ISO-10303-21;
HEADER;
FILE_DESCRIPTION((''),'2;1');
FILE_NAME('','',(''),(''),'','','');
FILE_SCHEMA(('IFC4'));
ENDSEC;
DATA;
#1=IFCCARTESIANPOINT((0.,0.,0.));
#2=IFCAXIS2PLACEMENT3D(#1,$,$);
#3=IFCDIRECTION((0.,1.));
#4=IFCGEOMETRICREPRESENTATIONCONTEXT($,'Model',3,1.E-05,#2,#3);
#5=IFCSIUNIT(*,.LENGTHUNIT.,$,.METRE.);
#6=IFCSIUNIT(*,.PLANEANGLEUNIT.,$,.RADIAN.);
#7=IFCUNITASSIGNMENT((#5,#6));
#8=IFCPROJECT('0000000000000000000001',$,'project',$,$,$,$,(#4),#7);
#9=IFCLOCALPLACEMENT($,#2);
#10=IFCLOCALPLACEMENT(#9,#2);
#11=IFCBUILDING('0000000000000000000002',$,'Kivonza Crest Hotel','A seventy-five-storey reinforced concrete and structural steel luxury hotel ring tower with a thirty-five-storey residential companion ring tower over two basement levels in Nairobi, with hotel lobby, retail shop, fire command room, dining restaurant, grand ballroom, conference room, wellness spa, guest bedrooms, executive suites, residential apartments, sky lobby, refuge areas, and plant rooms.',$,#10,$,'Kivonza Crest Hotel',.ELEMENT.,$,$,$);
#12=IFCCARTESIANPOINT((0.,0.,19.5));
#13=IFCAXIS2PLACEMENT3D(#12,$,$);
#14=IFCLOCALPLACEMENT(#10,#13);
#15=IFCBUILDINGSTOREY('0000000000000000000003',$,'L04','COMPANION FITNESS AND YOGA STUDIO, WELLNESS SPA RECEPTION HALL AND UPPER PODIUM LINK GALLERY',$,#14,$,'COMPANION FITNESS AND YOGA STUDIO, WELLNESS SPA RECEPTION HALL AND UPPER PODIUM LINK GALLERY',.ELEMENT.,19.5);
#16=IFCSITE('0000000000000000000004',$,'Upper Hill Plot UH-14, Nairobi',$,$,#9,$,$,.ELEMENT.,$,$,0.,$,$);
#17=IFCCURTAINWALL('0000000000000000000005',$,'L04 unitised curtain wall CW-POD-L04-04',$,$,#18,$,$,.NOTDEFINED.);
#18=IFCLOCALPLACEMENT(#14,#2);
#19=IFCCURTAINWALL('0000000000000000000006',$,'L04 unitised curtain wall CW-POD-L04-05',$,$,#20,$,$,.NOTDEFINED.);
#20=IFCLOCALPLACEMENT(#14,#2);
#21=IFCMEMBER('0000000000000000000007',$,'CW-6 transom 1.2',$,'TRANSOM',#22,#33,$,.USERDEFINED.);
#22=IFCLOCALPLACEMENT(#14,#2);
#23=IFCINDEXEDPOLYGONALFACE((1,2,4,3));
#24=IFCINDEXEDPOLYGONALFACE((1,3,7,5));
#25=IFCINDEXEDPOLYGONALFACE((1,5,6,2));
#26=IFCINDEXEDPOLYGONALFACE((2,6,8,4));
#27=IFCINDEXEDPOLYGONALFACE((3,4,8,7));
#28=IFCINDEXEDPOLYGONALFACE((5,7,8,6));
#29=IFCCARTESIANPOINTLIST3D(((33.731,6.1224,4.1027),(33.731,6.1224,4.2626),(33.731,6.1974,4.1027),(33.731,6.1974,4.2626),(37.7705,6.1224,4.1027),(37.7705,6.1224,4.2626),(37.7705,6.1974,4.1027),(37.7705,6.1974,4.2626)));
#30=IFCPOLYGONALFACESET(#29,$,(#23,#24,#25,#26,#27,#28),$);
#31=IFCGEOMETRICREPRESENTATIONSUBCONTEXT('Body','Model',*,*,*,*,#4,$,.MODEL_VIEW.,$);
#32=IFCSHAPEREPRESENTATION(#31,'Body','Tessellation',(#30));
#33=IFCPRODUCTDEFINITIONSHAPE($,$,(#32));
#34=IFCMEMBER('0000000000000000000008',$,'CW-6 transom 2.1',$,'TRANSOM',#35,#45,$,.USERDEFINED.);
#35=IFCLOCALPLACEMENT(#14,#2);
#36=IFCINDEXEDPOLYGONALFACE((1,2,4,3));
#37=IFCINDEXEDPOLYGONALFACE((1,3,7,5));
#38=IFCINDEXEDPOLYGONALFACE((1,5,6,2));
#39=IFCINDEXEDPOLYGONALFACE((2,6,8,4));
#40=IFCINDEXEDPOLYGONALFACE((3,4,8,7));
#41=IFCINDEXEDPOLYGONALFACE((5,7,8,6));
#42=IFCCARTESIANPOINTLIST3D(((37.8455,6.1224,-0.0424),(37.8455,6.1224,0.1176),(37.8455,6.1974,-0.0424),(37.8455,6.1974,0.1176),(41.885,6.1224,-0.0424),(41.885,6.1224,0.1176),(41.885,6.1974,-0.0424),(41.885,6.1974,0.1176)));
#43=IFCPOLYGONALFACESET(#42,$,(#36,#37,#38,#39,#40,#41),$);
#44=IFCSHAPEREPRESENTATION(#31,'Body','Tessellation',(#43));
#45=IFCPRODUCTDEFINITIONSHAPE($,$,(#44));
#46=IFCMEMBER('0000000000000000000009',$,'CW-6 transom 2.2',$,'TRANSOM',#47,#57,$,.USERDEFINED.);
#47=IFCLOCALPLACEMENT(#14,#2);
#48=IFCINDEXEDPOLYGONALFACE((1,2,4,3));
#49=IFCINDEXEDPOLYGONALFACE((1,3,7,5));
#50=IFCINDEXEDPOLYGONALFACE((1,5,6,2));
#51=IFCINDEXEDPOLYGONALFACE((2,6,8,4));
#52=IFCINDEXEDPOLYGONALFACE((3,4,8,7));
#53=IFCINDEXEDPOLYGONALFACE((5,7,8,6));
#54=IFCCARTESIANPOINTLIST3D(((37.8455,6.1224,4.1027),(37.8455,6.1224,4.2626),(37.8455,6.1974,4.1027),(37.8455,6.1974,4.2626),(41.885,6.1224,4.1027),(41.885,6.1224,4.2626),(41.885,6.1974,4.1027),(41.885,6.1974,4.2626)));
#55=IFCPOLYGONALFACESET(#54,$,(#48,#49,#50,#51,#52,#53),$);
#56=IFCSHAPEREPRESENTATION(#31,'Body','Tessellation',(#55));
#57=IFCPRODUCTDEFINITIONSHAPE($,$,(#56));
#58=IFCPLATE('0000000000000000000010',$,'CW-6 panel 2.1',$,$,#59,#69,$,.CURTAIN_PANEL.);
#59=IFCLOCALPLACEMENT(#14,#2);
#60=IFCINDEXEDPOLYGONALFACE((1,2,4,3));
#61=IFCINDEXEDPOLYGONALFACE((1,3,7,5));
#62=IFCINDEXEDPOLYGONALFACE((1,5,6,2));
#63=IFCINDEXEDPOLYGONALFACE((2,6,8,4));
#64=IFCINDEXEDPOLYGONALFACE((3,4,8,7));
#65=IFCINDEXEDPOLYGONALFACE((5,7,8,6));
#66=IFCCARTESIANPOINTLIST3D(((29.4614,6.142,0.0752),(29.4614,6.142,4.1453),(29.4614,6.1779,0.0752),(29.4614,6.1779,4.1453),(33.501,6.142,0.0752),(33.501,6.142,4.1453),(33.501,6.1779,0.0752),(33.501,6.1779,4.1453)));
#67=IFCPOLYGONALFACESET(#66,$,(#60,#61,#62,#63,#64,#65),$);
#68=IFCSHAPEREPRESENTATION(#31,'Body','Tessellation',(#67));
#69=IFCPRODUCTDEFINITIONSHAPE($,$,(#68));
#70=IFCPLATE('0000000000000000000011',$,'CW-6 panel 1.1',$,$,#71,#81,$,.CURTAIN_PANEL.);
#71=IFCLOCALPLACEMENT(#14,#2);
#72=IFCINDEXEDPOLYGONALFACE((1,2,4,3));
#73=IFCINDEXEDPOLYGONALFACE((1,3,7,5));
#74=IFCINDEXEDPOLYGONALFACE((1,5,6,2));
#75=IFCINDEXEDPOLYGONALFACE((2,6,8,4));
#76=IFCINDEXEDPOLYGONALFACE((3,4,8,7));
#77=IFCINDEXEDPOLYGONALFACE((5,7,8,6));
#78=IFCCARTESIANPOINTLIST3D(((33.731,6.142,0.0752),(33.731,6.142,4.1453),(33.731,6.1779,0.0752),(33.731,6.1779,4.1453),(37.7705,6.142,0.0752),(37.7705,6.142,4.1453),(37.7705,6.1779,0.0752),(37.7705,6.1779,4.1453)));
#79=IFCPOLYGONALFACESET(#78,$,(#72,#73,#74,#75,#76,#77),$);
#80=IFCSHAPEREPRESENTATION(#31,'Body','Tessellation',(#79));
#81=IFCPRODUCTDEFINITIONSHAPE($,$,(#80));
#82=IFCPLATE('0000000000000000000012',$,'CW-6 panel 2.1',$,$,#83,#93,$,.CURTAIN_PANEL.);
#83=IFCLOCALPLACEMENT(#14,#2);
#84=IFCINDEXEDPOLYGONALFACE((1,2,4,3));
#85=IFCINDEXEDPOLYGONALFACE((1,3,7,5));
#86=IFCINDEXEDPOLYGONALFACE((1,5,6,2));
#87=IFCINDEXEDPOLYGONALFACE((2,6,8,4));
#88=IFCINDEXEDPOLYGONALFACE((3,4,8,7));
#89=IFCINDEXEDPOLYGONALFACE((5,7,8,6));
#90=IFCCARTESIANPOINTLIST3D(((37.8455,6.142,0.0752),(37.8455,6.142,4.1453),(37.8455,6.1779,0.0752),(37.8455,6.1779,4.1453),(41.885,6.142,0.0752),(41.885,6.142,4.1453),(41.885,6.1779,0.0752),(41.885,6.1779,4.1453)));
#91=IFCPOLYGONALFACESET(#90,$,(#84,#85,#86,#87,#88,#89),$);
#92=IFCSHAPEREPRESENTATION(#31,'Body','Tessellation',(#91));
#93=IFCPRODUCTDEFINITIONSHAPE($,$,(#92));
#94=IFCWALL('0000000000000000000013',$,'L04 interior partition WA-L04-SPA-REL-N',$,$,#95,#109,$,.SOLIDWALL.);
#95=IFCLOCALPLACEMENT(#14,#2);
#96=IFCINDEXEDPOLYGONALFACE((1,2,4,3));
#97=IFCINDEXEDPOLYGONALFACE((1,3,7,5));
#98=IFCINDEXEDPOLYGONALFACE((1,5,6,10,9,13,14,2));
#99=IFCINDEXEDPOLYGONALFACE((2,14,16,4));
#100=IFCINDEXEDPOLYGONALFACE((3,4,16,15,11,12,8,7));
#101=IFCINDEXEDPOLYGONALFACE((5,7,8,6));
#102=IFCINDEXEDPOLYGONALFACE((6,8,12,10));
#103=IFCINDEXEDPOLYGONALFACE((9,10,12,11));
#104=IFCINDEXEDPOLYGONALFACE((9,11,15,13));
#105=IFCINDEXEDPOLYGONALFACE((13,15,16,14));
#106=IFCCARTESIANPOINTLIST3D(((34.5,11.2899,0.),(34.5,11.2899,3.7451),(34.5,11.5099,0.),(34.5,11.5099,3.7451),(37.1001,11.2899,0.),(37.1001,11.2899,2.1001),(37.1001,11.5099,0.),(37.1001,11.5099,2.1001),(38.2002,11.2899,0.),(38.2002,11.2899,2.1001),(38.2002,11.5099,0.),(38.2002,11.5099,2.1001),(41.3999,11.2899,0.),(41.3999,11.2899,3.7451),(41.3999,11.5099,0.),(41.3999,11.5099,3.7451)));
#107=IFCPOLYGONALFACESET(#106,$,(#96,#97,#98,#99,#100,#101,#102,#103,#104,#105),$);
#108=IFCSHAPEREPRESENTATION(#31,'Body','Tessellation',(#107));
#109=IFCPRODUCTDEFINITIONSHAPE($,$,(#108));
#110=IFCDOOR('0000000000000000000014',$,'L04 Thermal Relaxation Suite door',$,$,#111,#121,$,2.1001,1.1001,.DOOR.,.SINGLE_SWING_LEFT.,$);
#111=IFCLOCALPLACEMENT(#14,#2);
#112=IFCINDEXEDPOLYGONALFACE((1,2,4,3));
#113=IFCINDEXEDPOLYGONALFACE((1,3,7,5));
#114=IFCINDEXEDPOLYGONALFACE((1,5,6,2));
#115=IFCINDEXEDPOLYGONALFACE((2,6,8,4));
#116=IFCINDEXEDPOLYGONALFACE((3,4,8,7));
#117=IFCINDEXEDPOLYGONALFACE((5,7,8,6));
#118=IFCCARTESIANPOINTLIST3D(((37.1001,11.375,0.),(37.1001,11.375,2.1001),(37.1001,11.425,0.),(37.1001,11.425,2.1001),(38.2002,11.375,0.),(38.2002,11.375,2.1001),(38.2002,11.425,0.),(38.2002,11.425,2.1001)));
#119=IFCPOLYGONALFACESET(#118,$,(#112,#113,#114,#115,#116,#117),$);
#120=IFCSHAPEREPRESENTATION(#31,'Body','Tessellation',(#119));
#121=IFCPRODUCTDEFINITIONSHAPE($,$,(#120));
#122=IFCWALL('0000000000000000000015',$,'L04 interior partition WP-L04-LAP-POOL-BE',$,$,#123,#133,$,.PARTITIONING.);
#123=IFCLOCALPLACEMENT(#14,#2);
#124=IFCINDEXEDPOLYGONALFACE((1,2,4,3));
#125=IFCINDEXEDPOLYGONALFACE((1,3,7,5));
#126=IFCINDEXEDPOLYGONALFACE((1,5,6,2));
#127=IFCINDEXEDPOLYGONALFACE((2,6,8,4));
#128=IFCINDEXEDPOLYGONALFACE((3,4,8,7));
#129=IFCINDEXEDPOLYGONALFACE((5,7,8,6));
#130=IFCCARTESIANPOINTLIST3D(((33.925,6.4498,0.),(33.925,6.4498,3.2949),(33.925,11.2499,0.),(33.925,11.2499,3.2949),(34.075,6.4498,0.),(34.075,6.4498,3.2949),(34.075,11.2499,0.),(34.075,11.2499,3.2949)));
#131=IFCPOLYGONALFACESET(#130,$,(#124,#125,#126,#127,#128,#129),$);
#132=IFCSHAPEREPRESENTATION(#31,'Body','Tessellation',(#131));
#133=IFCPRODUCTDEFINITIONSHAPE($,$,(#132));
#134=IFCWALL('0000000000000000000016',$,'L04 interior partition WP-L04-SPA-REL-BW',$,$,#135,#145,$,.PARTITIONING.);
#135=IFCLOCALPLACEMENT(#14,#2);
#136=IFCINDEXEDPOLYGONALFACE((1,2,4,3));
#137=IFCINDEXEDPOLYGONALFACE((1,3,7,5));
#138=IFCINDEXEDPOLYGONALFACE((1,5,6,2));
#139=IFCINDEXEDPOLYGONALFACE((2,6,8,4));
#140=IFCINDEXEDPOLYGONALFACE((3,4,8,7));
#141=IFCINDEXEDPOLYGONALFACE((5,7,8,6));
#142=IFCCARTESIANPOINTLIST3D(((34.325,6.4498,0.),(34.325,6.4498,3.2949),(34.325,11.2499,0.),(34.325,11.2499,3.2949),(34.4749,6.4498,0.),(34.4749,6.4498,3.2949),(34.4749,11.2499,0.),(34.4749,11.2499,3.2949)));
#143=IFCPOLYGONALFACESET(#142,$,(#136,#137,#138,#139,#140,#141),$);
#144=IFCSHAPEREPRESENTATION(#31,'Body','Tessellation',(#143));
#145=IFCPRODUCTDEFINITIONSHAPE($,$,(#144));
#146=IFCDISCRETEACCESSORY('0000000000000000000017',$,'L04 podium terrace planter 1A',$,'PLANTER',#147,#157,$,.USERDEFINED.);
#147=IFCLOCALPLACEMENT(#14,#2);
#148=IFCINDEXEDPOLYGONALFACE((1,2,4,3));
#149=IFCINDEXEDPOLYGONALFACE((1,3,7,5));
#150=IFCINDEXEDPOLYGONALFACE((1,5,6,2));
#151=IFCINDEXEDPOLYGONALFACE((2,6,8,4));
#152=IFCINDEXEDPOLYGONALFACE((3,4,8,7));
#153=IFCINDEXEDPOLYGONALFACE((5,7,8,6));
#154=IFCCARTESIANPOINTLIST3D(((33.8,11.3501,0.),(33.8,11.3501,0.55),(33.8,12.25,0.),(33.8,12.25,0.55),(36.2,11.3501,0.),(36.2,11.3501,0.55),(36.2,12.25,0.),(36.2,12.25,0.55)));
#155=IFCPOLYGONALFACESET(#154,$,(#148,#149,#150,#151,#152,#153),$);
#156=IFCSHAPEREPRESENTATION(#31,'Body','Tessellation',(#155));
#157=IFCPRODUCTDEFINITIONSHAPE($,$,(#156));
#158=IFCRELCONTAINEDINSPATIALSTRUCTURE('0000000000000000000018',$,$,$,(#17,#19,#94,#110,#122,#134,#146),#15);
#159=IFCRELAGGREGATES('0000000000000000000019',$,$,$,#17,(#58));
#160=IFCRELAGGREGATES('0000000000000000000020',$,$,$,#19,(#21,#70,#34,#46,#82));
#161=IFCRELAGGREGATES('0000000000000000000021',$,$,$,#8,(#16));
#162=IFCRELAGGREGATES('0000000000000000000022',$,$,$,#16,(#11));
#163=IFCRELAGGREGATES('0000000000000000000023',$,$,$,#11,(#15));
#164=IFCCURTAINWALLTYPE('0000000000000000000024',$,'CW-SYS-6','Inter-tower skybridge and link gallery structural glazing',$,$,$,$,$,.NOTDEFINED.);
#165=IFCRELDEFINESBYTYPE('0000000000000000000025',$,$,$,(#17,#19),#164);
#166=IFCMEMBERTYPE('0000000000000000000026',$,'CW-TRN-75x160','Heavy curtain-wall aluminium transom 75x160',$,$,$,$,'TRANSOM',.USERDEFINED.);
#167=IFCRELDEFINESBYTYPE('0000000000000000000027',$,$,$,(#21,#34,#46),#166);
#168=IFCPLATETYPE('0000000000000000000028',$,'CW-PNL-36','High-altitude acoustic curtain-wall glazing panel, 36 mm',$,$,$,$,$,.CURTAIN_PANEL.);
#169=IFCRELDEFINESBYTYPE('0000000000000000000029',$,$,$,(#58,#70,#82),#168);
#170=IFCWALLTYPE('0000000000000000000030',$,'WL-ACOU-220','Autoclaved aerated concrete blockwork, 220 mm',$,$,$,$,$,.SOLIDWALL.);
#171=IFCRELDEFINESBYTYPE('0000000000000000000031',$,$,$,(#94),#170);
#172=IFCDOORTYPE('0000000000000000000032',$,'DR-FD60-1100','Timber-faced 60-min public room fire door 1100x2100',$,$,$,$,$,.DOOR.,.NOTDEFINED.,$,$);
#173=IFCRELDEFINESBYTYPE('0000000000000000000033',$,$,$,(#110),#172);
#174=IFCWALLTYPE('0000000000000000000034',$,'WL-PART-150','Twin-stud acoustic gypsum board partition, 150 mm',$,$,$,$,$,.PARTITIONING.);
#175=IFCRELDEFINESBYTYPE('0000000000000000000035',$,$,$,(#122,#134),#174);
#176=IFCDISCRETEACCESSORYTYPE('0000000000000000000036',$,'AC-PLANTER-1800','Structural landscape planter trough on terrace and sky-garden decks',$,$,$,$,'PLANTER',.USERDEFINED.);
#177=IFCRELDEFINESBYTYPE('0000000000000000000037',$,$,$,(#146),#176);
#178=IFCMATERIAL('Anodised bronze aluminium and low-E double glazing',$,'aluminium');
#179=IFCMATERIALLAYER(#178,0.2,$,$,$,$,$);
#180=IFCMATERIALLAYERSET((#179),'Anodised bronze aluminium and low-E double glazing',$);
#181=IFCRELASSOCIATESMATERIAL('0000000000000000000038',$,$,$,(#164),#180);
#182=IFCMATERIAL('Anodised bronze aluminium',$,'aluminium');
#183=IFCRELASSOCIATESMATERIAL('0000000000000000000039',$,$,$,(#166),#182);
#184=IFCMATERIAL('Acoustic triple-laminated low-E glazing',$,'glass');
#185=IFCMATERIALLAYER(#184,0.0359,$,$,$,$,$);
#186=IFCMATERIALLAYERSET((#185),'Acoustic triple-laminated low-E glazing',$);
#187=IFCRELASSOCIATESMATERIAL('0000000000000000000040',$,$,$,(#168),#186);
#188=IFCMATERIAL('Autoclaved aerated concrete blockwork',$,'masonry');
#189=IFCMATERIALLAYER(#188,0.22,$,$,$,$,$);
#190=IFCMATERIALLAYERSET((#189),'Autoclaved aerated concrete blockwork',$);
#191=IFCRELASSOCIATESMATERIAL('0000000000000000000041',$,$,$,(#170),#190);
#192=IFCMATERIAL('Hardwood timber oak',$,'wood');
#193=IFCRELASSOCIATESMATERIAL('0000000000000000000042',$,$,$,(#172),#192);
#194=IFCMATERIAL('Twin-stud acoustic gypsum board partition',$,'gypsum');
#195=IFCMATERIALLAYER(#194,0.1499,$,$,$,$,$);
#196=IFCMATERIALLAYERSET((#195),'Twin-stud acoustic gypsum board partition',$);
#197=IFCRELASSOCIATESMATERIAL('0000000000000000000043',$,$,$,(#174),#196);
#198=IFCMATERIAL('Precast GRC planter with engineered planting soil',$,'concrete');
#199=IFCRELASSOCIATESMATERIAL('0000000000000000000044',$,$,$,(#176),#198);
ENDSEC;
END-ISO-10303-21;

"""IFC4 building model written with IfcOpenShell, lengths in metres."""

from ifc_helpers import new_model, si_unit, direction, frame, frame_2d, origin, origin_2d, place, context, subcontext, project, spatial, rectangle, extrude, material, layer, layer_set, material_profile, profile_set, type_object, element, fill, aggregate, save


model = new_model("IFC4")

# Units and contexts
model_context = context("Model", 3, precision=1e-05, world=origin(), true_north=direction((0.0, 1.0)))
body_context = subcontext(model_context, "Body", "Model", "MODEL_VIEW")
ifc_project = project(units=[si_unit("LENGTHUNIT", "METRE"), si_unit("PLANEANGLEUNIT", "RADIAN")], contexts=[model_context])

# Site, building, storey
site_placement = place(None, origin())
site = spatial("IfcSite", under=ifc_project, at=site_placement, Name="Upper Hill Plot UH-14, Nairobi", CompositionType="ELEMENT", RefElevation=0.0)
building_placement = place(site_placement, origin())
building = spatial("IfcBuilding", under=site, at=building_placement, Name="Kivonza Crest Hotel", Description="A seventy-five-storey reinforced concrete and structural steel luxury hotel ring tower with a thirty-five-storey residential companion ring tower over two basement levels in Nairobi, with hotel lobby, retail shop, fire command room, dining restaurant, grand ballroom, conference room, wellness spa, guest bedrooms, executive suites, residential apartments, sky lobby, refuge areas, and plant rooms.", LongName="Kivonza Crest Hotel", CompositionType="ELEMENT")
storey_placement = place(building_placement, frame((0.0, 0.0, 19.5)))
storey = spatial("IfcBuildingStorey", under=building, at=storey_placement, Name="L04", Description="COMPANION FITNESS AND YOGA STUDIO, WELLNESS SPA RECEPTION HALL AND UPPER PODIUM LINK GALLERY", LongName="COMPANION FITNESS AND YOGA STUDIO, WELLNESS SPA RECEPTION HALL AND UPPER PODIUM LINK GALLERY", CompositionType="ELEMENT", Elevation=19.5)

# Curtain walls
ifc_material_1 = material(Name="Anodised bronze aluminium and low-E double glazing", Category="aluminium")
ifc_layer_1 = layer(ifc_material_1, 0.2)
ifc_layer_set_1 = layer_set([ifc_layer_1], Name="Anodised bronze aluminium and low-E double glazing")
curtain_wall_type = type_object("IfcCurtainWallType", Name="CW-SYS-6", Description="Inter-tower skybridge and link gallery structural glazing", PredefinedType="NOTDEFINED", material=ifc_layer_set_1)
curtain_wall_1_placement = place(storey_placement, origin())
curtain_wall_1 = element("IfcCurtainWall", 1, at=curtain_wall_1_placement, inside=storey, type_object=curtain_wall_type, Name="L04 unitised curtain wall CW-POD-L04-04", PredefinedType="NOTDEFINED")
ifc_material_2 = material(Name="Anodised bronze aluminium", Category="aluminium")
curtain_wall_2_placement = place(storey_placement, origin())
curtain_wall_2 = element("IfcCurtainWall", 2, at=curtain_wall_2_placement, inside=storey, type_object=curtain_wall_type, Name="L04 unitised curtain wall CW-POD-L04-05", PredefinedType="NOTDEFINED")

# Members
ifc_material_profile_1 = material_profile(ifc_material_2, rectangle(XDim=0.075, YDim=0.1599, at=origin_2d()), Name="CW-T 75x160")
ifc_profile_set_1 = profile_set([ifc_material_profile_1], Name="Anodised bronze aluminium")
member_type_1 = type_object("IfcMemberType", Name="CW-TRN-75x160", Description="Heavy curtain-wall aluminium transom 75x160", ElementType="TRANSOM", PredefinedType="USERDEFINED", material=ifc_profile_set_1)
member_1_placement = place(storey_placement, frame((33.731, 6.1599, 4.1826), z_axis=(1.0, 0.0, 0.0), x_axis=(0.0, 1.0, 0.0)))
member_1 = element("IfcMember", 3, at=member_1_placement, type_object=member_type_1, Name="CW-6 transom 1.2", ObjectType="TRANSOM", PredefinedType="USERDEFINED", context=body_context, shape_type="SweptSolid", body=[
    extrude(rectangle(XDim=0.075, YDim=0.1599, at=origin_2d()), origin(), (0.0, 0.0, 1.0), 4.0396),
])
member_2_placement = place(storey_placement, frame((37.8455, 6.1599, 0.0376), z_axis=(1.0, 0.0, 0.0), x_axis=(0.0, 1.0, 0.0)))
member_2 = element("IfcMember", 4, at=member_2_placement, type_object=member_type_1, Name="CW-6 transom 2.1", ObjectType="TRANSOM", PredefinedType="USERDEFINED", context=body_context, shape_type="SweptSolid", body=[
    extrude(rectangle(XDim=0.075, YDim=0.1599, at=origin_2d()), origin(), (0.0, 0.0, 1.0), 4.0396),
])
member_3_placement = place(storey_placement, frame((37.8455, 6.1599, 4.1826), z_axis=(1.0, 0.0, 0.0), x_axis=(0.0, 1.0, 0.0)))
member_3 = element("IfcMember", 5, at=member_3_placement, type_object=member_type_1, Name="CW-6 transom 2.2", ObjectType="TRANSOM", PredefinedType="USERDEFINED", context=body_context, shape_type="SweptSolid", body=[
    extrude(rectangle(XDim=0.075, YDim=0.1599, at=origin_2d()), origin(), (0.0, 0.0, 1.0), 4.0396),
])

# Plates
ifc_material_3 = material(Name="Acoustic triple-laminated low-E glazing", Category="glass")
ifc_layer_2 = layer(ifc_material_3, 0.0359)
ifc_layer_set_2 = layer_set([ifc_layer_2], Name="Acoustic triple-laminated low-E glazing")
plate_type = type_object("IfcPlateType", Name="CW-PNL-36", Description="High-altitude acoustic curtain-wall glazing panel, 36 mm", PredefinedType="CURTAIN_PANEL", material=ifc_layer_set_2)
plate_1_placement = place(storey_placement, frame((31.4812, 6.1599, 0.0752), z_axis=(0.0, 0.0, 1.0), x_axis=(1.0, 0.0, 0.0)))
plate_1 = element("IfcPlate", 6, at=plate_1_placement, type_object=plate_type, Name="CW-6 panel 2.1", PredefinedType="CURTAIN_PANEL", context=body_context, shape_type="SweptSolid", body=[
    extrude(rectangle(XDim=4.0396, YDim=0.0359, at=origin_2d()), origin(), (0.0, 0.0, 1.0), 4.0701),
])
aggregate(curtain_wall_1, [plate_1])
plate_2_placement = place(storey_placement, frame((35.7507, 6.1599, 0.0752), z_axis=(0.0, 0.0, 1.0), x_axis=(1.0, 0.0, 0.0)))
plate_2 = element("IfcPlate", 7, at=plate_2_placement, type_object=plate_type, Name="CW-6 panel 1.1", PredefinedType="CURTAIN_PANEL", context=body_context, shape_type="SweptSolid", body=[
    extrude(rectangle(XDim=4.0396, YDim=0.0359, at=origin_2d()), origin(), (0.0, 0.0, 1.0), 4.0701),
])
plate_3_placement = place(storey_placement, frame((39.8652, 6.1599, 0.0752), z_axis=(0.0, 0.0, 1.0), x_axis=(1.0, 0.0, 0.0)))
plate_3 = element("IfcPlate", 8, at=plate_3_placement, type_object=plate_type, Name="CW-6 panel 2.1", PredefinedType="CURTAIN_PANEL", context=body_context, shape_type="SweptSolid", body=[
    extrude(rectangle(XDim=4.0396, YDim=0.0359, at=origin_2d()), origin(), (0.0, 0.0, 1.0), 4.0701),
])
aggregate(curtain_wall_2, [member_1, plate_2, member_2, member_3, plate_3])

# Wall, opening, door
ifc_material_4 = material(Name="Autoclaved aerated concrete blockwork", Category="masonry")
ifc_layer_3 = layer(ifc_material_4, 0.22)
ifc_layer_set_3 = layer_set([ifc_layer_3], Name="Autoclaved aerated concrete blockwork")
wall_type_1 = type_object("IfcWallType", Name="WL-ACOU-220", Description="Autoclaved aerated concrete blockwork, 220 mm", PredefinedType="SOLIDWALL", material=ifc_layer_set_3)
wall_placement = place(storey_placement, frame((34.5, 11.3999, 0.0), z_axis=(0.0, 0.0, 1.0), x_axis=(1.0, 0.0, 0.0)))
wall = element("IfcWall", 9, at=wall_placement, inside=storey, type_object=wall_type_1, Name="L04 interior partition WA-L04-SPA-REL-N", PredefinedType="SOLIDWALL", context=body_context, shape_type="SweptSolid", body=[
    extrude(rectangle(XDim=6.8999, YDim=0.22, at=frame_2d((3.45, 0.0))), origin(), (0.0, 0.0, 1.0), 3.7451),
])
opening_placement = place(wall_placement, frame((2.6001, 0.0, 0.0)))
opening = element("IfcOpeningElement", 10, at=opening_placement, cuts=wall, PredefinedType="OPENING", context=body_context, shape_type="SweptSolid", body=[
    extrude(rectangle(XDim=1.1001, YDim=2.1001, at=frame_2d((0.55, 1.05))), frame((0.0, 0.1201, 0.0), z_axis=(0.0, -1.0, 0.0), x_axis=(1.0, 0.0, 0.0)), (0.0, 0.0, 1.0), 0.24),
])
ifc_material_5 = material(Name="Hardwood timber oak", Category="wood")
door_type = type_object("IfcDoorType", Name="DR-FD60-1100", Description="Timber-faced 60-min public room fire door 1100x2100", OperationType="NOTDEFINED", PredefinedType="DOOR", material=ifc_material_5)
door_placement = place(opening_placement, frame((1.1001, 0.0, 0.0), z_axis=(0.0, 0.0, 1.0), x_axis=(-1.0, 0.0, 0.0)))
door = element("IfcDoor", 11, at=door_placement, inside=storey, type_object=door_type, Name="L04 Thermal Relaxation Suite door", OperationType="SINGLE_SWING_LEFT", OverallHeight=2.1001, OverallWidth=1.1001, PredefinedType="DOOR", context=body_context, shape_type="SweptSolid", body=[
    extrude(rectangle(XDim=1.1001, YDim=2.1001, at=frame_2d((0.55, 1.05))), frame((0.0, 0.0249, 0.0), z_axis=(0.0, -1.0, 0.0), x_axis=(1.0, 0.0, 0.0)), (0.0, 0.0, 1.0), 0.05),
])
fill(opening, door)

# Walls
ifc_material_6 = material(Name="Twin-stud acoustic gypsum board partition", Category="gypsum")
ifc_layer_4 = layer(ifc_material_6, 0.1499)
ifc_layer_set_4 = layer_set([ifc_layer_4], Name="Twin-stud acoustic gypsum board partition")
wall_type_2 = type_object("IfcWallType", Name="WL-PART-150", Description="Twin-stud acoustic gypsum board partition, 150 mm", PredefinedType="PARTITIONING", material=ifc_layer_set_4)
for number, where, z_axis, x_axis, name in (
    (12, (34.0, 6.45, 0.0), (0.0, 0.0, 1.0), (0.0, 1.0, 0.0), "L04 interior partition WP-L04-LAP-POOL-BE"),
    (13, (34.3999, 6.45, 0.0), (0.0, 0.0, 1.0), (0.0, 1.0, 0.0), "L04 interior partition WP-L04-SPA-REL-BW"),
):
    element("IfcWall", number, at=place(storey_placement, frame(where, z_axis=z_axis, x_axis=x_axis)), inside=storey, type_object=wall_type_2, Name=name, PredefinedType="PARTITIONING", context=body_context, shape_type="SweptSolid", body=[
        extrude(rectangle(XDim=4.8, YDim=0.1499, at=frame_2d((2.3999, 0.0))), origin(), (0.0, 0.0, 1.0), 3.2949),
    ])

# Discrete accessory
ifc_material_7 = material(Name="Precast GRC planter with engineered planting soil", Category="concrete")
discrete_accessory_type = type_object("IfcDiscreteAccessoryType", Name="AC-PLANTER-1800", Description="Structural landscape planter trough on terrace and sky-garden decks", ElementType="PLANTER", PredefinedType="USERDEFINED", material=ifc_material_7)
discrete_accessory_placement = place(storey_placement, frame((35.0, 11.8, 0.0), z_axis=(0.0, 0.0, 1.0), x_axis=(1.0, 0.0, 0.0)))
element("IfcDiscreteAccessory", 14, at=discrete_accessory_placement, inside=storey, type_object=discrete_accessory_type, Name="L04 podium terrace planter 1A", ObjectType="PLANTER", PredefinedType="USERDEFINED", context=body_context, shape_type="SweptSolid", body=[
    extrude(rectangle(XDim=2.3999, YDim=0.8999, at=origin_2d()), origin(), (0.0, 0.0, 1.0), 0.55),
])

save(model, "model.ifc")
